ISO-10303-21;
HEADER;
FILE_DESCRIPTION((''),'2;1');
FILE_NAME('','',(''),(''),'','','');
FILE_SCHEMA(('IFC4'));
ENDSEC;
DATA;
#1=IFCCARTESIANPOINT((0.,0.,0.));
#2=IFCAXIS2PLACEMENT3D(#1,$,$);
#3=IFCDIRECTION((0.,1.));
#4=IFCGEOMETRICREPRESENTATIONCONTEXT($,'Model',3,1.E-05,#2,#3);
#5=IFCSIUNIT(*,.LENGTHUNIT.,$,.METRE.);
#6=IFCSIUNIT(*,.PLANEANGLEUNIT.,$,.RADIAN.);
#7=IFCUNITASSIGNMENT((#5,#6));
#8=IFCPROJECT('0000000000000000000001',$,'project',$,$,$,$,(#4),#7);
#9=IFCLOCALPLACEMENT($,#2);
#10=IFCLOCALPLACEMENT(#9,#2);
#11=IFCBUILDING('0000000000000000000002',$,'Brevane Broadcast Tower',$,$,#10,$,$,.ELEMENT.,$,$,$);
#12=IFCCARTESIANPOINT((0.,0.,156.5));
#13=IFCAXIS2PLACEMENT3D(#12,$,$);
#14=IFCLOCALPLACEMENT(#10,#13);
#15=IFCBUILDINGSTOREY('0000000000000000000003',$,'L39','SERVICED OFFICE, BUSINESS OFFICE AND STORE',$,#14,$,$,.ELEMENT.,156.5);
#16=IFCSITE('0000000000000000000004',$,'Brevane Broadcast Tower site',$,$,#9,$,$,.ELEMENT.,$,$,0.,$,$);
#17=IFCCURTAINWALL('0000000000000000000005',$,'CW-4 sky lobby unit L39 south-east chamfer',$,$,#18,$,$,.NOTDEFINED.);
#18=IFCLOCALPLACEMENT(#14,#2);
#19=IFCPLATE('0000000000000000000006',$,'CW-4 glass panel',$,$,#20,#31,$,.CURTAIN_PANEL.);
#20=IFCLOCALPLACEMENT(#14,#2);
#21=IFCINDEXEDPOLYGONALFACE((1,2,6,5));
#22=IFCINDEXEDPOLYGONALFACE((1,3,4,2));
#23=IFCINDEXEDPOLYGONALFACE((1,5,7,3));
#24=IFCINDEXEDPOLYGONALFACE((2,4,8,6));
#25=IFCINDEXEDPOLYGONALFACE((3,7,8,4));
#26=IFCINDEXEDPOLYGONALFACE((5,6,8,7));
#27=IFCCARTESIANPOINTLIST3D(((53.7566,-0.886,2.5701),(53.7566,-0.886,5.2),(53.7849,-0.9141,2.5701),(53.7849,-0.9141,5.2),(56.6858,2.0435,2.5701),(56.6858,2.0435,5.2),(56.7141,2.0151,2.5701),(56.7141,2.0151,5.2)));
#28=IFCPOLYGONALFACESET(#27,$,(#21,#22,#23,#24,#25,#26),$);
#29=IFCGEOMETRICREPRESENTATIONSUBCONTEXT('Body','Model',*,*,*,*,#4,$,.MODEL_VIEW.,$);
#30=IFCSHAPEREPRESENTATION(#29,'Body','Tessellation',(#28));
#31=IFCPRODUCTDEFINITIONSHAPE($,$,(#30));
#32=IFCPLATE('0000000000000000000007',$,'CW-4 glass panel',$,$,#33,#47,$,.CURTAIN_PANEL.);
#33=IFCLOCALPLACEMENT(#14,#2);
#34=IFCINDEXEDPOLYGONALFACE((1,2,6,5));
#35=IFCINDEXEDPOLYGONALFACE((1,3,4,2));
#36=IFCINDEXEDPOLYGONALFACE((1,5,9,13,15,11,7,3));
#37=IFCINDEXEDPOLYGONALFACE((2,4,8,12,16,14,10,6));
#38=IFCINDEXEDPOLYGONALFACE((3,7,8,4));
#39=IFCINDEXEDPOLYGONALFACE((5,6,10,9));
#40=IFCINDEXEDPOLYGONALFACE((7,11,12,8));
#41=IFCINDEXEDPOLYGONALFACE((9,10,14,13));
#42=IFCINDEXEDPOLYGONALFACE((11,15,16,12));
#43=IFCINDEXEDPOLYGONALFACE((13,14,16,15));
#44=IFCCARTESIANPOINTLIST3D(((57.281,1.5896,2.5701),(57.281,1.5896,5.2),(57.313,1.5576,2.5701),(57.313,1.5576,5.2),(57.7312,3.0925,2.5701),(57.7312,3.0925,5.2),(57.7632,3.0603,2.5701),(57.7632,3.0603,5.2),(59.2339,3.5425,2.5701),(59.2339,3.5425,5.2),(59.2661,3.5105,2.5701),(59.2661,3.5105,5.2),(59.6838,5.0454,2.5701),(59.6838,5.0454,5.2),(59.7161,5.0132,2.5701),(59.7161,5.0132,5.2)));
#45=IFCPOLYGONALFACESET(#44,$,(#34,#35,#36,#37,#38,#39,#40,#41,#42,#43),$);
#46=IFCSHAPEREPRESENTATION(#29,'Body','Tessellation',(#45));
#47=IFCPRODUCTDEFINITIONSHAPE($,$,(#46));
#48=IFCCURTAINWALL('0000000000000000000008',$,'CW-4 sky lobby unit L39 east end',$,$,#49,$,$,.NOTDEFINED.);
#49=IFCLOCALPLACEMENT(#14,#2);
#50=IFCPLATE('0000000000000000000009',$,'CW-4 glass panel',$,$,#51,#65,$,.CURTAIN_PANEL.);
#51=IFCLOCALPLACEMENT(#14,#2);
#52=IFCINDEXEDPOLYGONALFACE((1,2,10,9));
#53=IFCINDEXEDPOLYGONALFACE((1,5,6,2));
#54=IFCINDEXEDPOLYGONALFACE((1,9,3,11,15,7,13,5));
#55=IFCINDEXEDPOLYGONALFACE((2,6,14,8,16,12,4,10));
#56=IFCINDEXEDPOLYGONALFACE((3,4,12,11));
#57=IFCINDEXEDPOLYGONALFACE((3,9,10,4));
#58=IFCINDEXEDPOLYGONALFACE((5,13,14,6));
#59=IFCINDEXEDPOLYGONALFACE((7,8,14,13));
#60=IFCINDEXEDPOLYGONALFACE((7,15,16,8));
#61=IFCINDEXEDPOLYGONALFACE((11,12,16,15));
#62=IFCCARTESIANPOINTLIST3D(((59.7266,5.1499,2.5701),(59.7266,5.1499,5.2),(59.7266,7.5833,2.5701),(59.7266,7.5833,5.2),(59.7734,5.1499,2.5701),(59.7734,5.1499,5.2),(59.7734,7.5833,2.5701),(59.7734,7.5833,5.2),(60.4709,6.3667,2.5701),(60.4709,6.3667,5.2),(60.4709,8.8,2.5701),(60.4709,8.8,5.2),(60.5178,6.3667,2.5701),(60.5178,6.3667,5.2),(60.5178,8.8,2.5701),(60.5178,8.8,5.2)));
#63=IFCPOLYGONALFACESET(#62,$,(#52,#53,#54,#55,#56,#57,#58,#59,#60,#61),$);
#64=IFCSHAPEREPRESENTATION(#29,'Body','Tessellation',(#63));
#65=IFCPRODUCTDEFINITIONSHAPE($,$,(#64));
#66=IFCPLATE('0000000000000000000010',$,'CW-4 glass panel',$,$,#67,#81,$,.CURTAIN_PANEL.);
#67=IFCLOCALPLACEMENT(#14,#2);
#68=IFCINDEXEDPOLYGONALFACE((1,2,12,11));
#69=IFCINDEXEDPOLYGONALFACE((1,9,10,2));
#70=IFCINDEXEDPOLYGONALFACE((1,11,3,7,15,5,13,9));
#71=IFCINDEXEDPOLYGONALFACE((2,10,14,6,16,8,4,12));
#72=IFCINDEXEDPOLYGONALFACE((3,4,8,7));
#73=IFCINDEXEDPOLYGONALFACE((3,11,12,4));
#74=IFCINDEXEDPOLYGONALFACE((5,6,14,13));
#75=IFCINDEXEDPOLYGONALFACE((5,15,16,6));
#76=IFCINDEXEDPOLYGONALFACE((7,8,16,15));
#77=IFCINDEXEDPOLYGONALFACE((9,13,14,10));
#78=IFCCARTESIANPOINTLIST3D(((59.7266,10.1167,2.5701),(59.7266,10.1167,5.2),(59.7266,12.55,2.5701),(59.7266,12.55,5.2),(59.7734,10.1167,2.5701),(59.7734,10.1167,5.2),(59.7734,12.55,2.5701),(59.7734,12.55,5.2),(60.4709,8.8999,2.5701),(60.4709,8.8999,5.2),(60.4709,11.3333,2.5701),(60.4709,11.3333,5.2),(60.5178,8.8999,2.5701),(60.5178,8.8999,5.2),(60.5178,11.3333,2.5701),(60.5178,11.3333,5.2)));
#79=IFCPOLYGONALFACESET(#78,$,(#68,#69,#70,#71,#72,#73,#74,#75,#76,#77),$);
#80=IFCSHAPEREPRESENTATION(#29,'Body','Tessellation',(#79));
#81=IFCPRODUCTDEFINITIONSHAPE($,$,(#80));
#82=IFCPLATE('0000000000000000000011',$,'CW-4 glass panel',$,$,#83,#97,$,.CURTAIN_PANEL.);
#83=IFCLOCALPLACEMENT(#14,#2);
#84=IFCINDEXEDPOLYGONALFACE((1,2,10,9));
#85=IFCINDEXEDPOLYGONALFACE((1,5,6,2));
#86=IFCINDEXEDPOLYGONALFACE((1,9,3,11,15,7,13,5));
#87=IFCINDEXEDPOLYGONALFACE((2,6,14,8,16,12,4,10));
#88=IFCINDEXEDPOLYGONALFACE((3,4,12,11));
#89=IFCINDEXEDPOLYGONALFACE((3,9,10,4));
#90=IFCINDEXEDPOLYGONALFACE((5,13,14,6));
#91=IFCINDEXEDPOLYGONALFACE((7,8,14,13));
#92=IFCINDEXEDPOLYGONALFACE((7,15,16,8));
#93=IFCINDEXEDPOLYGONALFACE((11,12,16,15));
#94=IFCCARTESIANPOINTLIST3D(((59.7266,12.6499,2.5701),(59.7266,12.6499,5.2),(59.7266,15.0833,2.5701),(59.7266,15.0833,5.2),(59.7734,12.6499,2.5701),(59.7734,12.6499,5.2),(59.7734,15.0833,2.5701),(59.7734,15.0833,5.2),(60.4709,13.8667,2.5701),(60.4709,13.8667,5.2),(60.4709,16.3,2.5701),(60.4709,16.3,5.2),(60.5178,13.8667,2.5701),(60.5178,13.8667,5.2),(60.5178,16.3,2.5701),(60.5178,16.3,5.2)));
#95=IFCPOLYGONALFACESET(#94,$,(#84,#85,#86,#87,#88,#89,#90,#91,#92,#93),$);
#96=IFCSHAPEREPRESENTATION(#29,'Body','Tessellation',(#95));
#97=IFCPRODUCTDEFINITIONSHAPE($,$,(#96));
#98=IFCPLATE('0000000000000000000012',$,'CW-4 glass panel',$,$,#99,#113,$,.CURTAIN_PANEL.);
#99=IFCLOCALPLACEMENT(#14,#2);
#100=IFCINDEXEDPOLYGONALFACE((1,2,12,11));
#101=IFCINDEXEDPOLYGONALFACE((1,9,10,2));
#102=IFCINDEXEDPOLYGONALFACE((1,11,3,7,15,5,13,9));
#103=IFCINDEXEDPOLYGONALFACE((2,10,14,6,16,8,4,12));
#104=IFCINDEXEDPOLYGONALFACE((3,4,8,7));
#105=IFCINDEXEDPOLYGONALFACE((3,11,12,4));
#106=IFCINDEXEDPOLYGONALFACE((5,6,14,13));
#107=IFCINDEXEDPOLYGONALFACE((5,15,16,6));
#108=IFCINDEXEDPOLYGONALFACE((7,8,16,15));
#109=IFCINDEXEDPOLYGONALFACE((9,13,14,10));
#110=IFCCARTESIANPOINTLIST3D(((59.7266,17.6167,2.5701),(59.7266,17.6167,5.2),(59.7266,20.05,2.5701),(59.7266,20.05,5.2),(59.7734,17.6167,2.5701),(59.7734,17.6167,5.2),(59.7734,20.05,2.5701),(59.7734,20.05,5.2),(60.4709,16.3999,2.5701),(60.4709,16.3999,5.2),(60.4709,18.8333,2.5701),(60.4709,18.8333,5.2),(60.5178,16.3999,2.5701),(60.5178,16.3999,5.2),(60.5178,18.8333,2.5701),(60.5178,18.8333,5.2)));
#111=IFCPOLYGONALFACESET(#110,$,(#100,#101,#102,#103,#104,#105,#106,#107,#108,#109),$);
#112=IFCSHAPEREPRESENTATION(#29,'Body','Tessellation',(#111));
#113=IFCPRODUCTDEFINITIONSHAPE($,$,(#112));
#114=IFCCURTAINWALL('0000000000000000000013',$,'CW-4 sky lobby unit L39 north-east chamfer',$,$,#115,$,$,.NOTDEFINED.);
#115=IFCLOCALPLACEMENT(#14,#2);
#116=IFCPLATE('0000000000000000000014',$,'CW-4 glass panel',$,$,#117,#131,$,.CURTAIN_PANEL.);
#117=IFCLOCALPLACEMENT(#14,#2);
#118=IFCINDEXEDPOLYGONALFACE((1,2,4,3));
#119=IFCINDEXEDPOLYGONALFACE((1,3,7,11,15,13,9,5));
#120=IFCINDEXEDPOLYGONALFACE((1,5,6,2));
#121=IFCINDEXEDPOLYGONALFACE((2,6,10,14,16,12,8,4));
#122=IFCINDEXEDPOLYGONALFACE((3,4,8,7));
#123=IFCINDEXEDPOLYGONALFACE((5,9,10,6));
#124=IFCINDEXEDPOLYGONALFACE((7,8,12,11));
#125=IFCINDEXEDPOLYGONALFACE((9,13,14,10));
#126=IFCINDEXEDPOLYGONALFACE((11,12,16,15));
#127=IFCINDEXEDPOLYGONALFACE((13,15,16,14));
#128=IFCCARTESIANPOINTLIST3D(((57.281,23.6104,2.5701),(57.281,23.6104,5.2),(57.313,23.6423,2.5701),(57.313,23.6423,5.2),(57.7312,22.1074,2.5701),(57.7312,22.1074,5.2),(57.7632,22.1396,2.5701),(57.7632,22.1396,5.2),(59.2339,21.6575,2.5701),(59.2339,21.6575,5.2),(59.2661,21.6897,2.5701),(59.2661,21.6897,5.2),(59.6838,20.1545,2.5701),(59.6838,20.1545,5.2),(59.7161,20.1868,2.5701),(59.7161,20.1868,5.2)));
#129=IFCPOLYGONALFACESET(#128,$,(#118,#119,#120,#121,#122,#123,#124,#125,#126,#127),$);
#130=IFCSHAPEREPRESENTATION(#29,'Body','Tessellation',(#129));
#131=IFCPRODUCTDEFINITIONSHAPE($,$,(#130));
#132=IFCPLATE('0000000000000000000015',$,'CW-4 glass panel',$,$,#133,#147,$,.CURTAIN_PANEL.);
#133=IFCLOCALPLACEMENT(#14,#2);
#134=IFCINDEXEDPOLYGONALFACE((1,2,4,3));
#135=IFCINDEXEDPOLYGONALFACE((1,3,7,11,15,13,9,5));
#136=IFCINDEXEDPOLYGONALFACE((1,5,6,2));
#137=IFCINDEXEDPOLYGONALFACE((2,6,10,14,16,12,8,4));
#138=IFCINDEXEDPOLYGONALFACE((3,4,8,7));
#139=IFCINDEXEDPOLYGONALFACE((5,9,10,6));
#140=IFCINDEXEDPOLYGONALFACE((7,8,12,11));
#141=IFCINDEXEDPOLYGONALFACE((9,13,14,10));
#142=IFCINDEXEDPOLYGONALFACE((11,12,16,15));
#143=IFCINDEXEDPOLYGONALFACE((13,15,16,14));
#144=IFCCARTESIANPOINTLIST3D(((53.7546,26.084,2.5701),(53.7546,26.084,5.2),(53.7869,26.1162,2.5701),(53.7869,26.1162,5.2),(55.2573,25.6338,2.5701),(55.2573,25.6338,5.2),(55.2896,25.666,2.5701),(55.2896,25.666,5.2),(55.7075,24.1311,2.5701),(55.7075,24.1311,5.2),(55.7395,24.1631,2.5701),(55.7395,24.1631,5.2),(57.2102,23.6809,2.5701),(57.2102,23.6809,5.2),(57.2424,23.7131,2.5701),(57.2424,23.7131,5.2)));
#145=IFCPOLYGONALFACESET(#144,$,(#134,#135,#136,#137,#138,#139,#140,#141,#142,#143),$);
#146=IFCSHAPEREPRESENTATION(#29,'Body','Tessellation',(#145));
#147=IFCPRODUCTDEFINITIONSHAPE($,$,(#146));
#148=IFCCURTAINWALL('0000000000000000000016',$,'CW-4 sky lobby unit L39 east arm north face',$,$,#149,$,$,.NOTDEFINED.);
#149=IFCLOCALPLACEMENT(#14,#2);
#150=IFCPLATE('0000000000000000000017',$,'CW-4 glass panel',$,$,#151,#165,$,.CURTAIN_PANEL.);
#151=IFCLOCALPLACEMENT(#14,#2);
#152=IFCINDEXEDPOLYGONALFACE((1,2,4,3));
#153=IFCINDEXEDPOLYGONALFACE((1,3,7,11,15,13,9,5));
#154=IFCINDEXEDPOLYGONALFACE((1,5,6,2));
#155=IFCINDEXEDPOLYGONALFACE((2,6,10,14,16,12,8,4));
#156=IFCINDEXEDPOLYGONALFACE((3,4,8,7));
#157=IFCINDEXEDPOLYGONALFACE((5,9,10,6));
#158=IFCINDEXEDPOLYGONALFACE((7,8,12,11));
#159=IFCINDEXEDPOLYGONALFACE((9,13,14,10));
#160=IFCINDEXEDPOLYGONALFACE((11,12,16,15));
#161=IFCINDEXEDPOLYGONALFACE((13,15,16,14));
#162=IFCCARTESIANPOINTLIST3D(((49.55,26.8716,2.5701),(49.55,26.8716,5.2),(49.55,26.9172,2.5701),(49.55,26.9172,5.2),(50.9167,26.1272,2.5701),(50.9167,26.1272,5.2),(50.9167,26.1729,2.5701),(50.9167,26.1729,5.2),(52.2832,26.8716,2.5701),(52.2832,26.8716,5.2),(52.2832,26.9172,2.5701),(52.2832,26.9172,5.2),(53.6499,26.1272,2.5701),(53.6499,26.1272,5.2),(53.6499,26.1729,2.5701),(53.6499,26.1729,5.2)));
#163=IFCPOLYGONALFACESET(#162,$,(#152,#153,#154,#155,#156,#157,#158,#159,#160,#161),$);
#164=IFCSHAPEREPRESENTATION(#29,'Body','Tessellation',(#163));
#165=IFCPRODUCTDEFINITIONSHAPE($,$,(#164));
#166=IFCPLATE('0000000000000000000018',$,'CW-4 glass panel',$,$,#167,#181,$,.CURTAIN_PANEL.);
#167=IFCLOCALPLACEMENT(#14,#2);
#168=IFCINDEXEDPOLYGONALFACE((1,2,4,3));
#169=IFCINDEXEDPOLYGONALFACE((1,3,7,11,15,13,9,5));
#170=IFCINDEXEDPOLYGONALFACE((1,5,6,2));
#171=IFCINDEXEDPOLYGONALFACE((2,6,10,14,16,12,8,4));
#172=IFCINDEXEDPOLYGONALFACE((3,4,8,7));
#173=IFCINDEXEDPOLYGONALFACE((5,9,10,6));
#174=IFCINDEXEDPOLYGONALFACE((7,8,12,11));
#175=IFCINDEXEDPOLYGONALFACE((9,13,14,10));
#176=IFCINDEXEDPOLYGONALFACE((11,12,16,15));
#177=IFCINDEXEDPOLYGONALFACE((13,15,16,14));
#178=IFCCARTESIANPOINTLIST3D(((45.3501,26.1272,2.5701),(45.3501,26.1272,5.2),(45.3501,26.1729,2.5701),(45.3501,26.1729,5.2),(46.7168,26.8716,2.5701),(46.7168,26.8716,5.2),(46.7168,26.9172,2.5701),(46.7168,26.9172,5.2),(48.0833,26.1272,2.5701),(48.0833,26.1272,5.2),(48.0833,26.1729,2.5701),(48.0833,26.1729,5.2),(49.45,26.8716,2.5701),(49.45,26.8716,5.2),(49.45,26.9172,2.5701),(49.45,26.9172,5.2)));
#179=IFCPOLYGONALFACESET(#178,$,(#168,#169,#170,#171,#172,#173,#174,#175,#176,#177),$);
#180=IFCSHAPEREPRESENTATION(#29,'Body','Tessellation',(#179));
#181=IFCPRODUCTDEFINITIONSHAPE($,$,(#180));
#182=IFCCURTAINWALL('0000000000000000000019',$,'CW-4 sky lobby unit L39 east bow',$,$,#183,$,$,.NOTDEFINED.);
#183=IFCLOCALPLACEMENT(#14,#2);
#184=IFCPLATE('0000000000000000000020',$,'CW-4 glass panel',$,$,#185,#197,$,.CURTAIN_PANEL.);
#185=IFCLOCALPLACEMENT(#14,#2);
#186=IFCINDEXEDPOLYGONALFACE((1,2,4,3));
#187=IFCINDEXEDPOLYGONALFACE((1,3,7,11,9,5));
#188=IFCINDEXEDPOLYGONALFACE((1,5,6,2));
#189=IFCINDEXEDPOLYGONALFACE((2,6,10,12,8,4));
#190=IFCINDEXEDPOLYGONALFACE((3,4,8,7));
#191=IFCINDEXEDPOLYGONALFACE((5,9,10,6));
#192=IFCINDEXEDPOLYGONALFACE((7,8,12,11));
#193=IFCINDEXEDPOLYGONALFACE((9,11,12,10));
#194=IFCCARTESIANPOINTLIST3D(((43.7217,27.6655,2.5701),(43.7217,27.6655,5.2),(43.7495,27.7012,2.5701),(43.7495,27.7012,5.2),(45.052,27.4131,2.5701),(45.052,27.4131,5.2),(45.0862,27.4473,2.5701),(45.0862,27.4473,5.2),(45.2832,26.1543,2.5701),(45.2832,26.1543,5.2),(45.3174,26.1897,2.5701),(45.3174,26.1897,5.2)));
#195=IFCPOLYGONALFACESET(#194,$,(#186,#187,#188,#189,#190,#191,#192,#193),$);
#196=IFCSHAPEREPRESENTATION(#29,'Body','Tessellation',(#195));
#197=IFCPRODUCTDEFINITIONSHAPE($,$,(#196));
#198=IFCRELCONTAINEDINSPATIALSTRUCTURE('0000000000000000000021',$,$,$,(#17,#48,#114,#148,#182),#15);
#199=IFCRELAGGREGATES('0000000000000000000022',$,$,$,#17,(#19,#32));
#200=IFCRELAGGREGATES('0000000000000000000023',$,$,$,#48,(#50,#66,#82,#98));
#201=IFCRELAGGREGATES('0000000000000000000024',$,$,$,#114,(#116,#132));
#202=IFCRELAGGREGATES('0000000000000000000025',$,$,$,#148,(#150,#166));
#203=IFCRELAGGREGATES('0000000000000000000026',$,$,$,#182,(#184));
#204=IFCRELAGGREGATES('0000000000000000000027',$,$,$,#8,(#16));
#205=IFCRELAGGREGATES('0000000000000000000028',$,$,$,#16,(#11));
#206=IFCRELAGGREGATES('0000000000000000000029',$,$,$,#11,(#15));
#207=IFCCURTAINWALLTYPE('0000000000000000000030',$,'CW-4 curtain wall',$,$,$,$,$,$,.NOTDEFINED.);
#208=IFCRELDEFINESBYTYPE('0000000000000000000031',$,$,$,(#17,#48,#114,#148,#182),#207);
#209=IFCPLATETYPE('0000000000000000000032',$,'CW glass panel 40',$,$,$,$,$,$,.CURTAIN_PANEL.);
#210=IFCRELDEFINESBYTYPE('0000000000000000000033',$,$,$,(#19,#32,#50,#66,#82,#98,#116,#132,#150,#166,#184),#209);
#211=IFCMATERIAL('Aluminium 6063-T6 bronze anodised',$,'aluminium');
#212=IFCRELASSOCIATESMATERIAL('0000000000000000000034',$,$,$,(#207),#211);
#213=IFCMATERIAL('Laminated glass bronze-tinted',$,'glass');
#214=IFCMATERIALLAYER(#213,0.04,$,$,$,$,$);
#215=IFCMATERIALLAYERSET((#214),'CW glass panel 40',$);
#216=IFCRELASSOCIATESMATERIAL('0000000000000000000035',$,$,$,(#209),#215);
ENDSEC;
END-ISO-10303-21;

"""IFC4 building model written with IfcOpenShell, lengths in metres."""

from ifc_helpers import new_model, si_unit, direction, frame, origin, place, context, subcontext, project, spatial, polyline, outline, extrude, material, layer, layer_set, type_object, element, aggregate, save


model = new_model("IFC4")

# Units and contexts
model_context = context("Model", 3, precision=1e-05, world=origin(), true_north=direction((0.0, 1.0)))
body_context = subcontext(model_context, "Body", "Model", "MODEL_VIEW")
ifc_project = project(units=[si_unit("LENGTHUNIT", "METRE"), si_unit("PLANEANGLEUNIT", "RADIAN")], contexts=[model_context])

# Site, building, storey
site_placement = place(None, origin())
site = spatial("IfcSite", under=ifc_project, at=site_placement, Name="Brevane Broadcast Tower site", CompositionType="ELEMENT", RefElevation=0.0)
building_placement = place(site_placement, origin())
building = spatial("IfcBuilding", under=site, at=building_placement, Name="Brevane Broadcast Tower", CompositionType="ELEMENT")
storey_placement = place(building_placement, frame((0.0, 0.0, 156.5)))
storey = spatial("IfcBuildingStorey", under=building, at=storey_placement, Name="L39", Description="SERVICED OFFICE, BUSINESS OFFICE AND STORE", CompositionType="ELEMENT", Elevation=156.5)

# Curtain walls, plates
ifc_material_1 = material(Name="Aluminium 6063-T6 bronze anodised", Category="aluminium")
curtain_wall_type = type_object("IfcCurtainWallType", Name="CW-4 curtain wall", PredefinedType="NOTDEFINED", material=ifc_material_1)
ifc_material_2 = material(Name="Laminated glass bronze-tinted", Category="glass")
ifc_layer = layer(ifc_material_2, 0.04)
ifc_layer_set = layer_set([ifc_layer], Name="CW glass panel 40")
plate_type = type_object("IfcPlateType", Name="CW glass panel 40", PredefinedType="CURTAIN_PANEL", material=ifc_layer_set)
curtain_wall_1_placement = place(storey_placement, origin())
curtain_wall_1 = element("IfcCurtainWall", 1, at=curtain_wall_1_placement, inside=storey, type_object=curtain_wall_type, Name="CW-4 sky lobby unit L39 south-east chamfer", PredefinedType="NOTDEFINED")
plate_1_placement = place(storey_placement, frame((0.0, 0.0, 2.5701)))
plate_1 = element("IfcPlate", 2, at=plate_1_placement, type_object=plate_type, Name="CW-4 glass panel", PredefinedType="CURTAIN_PANEL", context=body_context, shape_type="SweptSolid", body=[
    extrude(outline(polyline([(53.7566, -0.886), (56.6858, 2.0435), (56.7141, 2.0151), (53.7849, -0.9141), (53.7566, -0.886)])), origin(), (0.0, 0.0, 1.0), 2.6299),
])
plate_2_placement = place(storey_placement, frame((0.0, 0.0, 2.5701)))
plate_2 = element("IfcPlate", 3, at=plate_2_placement, type_object=plate_type, Name="CW-4 glass panel", PredefinedType="CURTAIN_PANEL", context=body_context, shape_type="SweptSolid", body=[
    extrude(outline(polyline([(57.281, 1.5896), (57.313, 1.5576), (57.7632, 3.0603), (59.2661, 3.5105), (59.7161, 5.0132), (59.6838, 5.0454), (59.2339, 3.5425), (57.7312, 3.0925), (57.281, 1.5896)])), origin(), (0.0, 0.0, 1.0), 2.6299),
])
aggregate(curtain_wall_1, [plate_1, plate_2])
curtain_wall_2_placement = place(storey_placement, origin())
curtain_wall_2 = element("IfcCurtainWall", 4, at=curtain_wall_2_placement, inside=storey, type_object=curtain_wall_type, Name="CW-4 sky lobby unit L39 east end", PredefinedType="NOTDEFINED")
plate_3_placement = place(storey_placement, frame((0.0, 0.0, 2.5701)))
plate_3 = element("IfcPlate", 5, at=plate_3_placement, type_object=plate_type, Name="CW-4 glass panel", PredefinedType="CURTAIN_PANEL", context=body_context, shape_type="SweptSolid", body=[
    extrude(outline(polyline([(59.7266, 5.1499), (59.7734, 5.1499), (60.5178, 6.3667), (59.7734, 7.5833), (60.5178, 8.8), (60.4709, 8.8), (59.7266, 7.5833), (60.4709, 6.3667), (59.7266, 5.1499)])), origin(), (0.0, 0.0, 1.0), 2.6299),
])
plate_4_placement = place(storey_placement, frame((0.0, 0.0, 2.5701)))
plate_4 = element("IfcPlate", 6, at=plate_4_placement, type_object=plate_type, Name="CW-4 glass panel", PredefinedType="CURTAIN_PANEL", context=body_context, shape_type="SweptSolid", body=[
    extrude(outline(polyline([(60.4709, 8.8999), (60.5178, 8.8999), (59.7734, 10.1167), (60.5178, 11.3333), (59.7734, 12.55), (59.7266, 12.55), (60.4709, 11.3333), (59.7266, 10.1167), (60.4709, 8.8999)])), origin(), (0.0, 0.0, 1.0), 2.6299),
])
plate_5_placement = place(storey_placement, frame((0.0, 0.0, 2.5701)))
plate_5 = element("IfcPlate", 7, at=plate_5_placement, type_object=plate_type, Name="CW-4 glass panel", PredefinedType="CURTAIN_PANEL", context=body_context, shape_type="SweptSolid", body=[
    extrude(outline(polyline([(59.7266, 12.6499), (59.7734, 12.6499), (60.5178, 13.8667), (59.7734, 15.0833), (60.5178, 16.3), (60.4709, 16.3), (59.7266, 15.0833), (60.4709, 13.8667), (59.7266, 12.6499)])), origin(), (0.0, 0.0, 1.0), 2.6299),
])
plate_6_placement = place(storey_placement, frame((0.0, 0.0, 2.5701)))
plate_6 = element("IfcPlate", 8, at=plate_6_placement, type_object=plate_type, Name="CW-4 glass panel", PredefinedType="CURTAIN_PANEL", context=body_context, shape_type="SweptSolid", body=[
    extrude(outline(polyline([(60.4709, 16.3999), (60.5178, 16.3999), (59.7734, 17.6167), (60.5178, 18.8333), (59.7734, 20.05), (59.7266, 20.05), (60.4709, 18.8333), (59.7266, 17.6167), (60.4709, 16.3999)])), origin(), (0.0, 0.0, 1.0), 2.6299),
])
aggregate(curtain_wall_2, [plate_3, plate_4, plate_5, plate_6])
curtain_wall_3_placement = place(storey_placement, origin())
curtain_wall_3 = element("IfcCurtainWall", 9, at=curtain_wall_3_placement, inside=storey, type_object=curtain_wall_type, Name="CW-4 sky lobby unit L39 north-east chamfer", PredefinedType="NOTDEFINED")
plate_7_placement = place(storey_placement, frame((0.0, 0.0, 2.5701)))
plate_7 = element("IfcPlate", 10, at=plate_7_placement, type_object=plate_type, Name="CW-4 glass panel", PredefinedType="CURTAIN_PANEL", context=body_context, shape_type="SweptSolid", body=[
    extrude(outline(polyline([(59.6838, 20.1545), (59.7161, 20.1868), (59.2661, 21.6897), (57.7632, 22.1396), (57.313, 23.6423), (57.281, 23.6104), (57.7312, 22.1074), (59.2339, 21.6575), (59.6838, 20.1545)])), origin(), (0.0, 0.0, 1.0), 2.6299),
])
plate_8_placement = place(storey_placement, frame((0.0, 0.0, 2.5701)))
plate_8 = element("IfcPlate", 11, at=plate_8_placement, type_object=plate_type, Name="CW-4 glass panel", PredefinedType="CURTAIN_PANEL", context=body_context, shape_type="SweptSolid", body=[
    extrude(outline(polyline([(57.2102, 23.6809), (57.2424, 23.7131), (55.7395, 24.1631), (55.2896, 25.666), (53.7869, 26.1162), (53.7546, 26.084), (55.2573, 25.6338), (55.7075, 24.1311), (57.2102, 23.6809)])), origin(), (0.0, 0.0, 1.0), 2.6299),
])
aggregate(curtain_wall_3, [plate_7, plate_8])
curtain_wall_4_placement = place(storey_placement, origin())
curtain_wall_4 = element("IfcCurtainWall", 12, at=curtain_wall_4_placement, inside=storey, type_object=curtain_wall_type, Name="CW-4 sky lobby unit L39 east arm north face", PredefinedType="NOTDEFINED")
plate_9_placement = place(storey_placement, frame((0.0, 0.0, 2.5701)))
plate_9 = element("IfcPlate", 13, at=plate_9_placement, type_object=plate_type, Name="CW-4 glass panel", PredefinedType="CURTAIN_PANEL", context=body_context, shape_type="SweptSolid", body=[
    extrude(outline(polyline([(53.6499, 26.1272), (53.6499, 26.1729), (52.2832, 26.9172), (50.9167, 26.1729), (49.55, 26.9172), (49.55, 26.8716), (50.9167, 26.1272), (52.2832, 26.8716), (53.6499, 26.1272)])), origin(), (0.0, 0.0, 1.0), 2.6299),
])
plate_10_placement = place(storey_placement, frame((0.0, 0.0, 2.5701)))
plate_10 = element("IfcPlate", 14, at=plate_10_placement, type_object=plate_type, Name="CW-4 glass panel", PredefinedType="CURTAIN_PANEL", context=body_context, shape_type="SweptSolid", body=[
    extrude(outline(polyline([(49.45, 26.8716), (49.45, 26.9172), (48.0833, 26.1729), (46.7168, 26.9172), (45.3501, 26.1729), (45.3501, 26.1272), (46.7168, 26.8716), (48.0833, 26.1272), (49.45, 26.8716)])), origin(), (0.0, 0.0, 1.0), 2.6299),
])
aggregate(curtain_wall_4, [plate_9, plate_10])
curtain_wall_5_placement = place(storey_placement, origin())
curtain_wall_5 = element("IfcCurtainWall", 15, at=curtain_wall_5_placement, inside=storey, type_object=curtain_wall_type, Name="CW-4 sky lobby unit L39 east bow", PredefinedType="NOTDEFINED")
plate_11_placement = place(storey_placement, frame((0.0, 0.0, 2.5701)))
plate_11 = element("IfcPlate", 16, at=plate_11_placement, type_object=plate_type, Name="CW-4 glass panel", PredefinedType="CURTAIN_PANEL", context=body_context, shape_type="SweptSolid", body=[
    extrude(outline(polyline([(45.2832, 26.1543), (45.3174, 26.1897), (45.0862, 27.4473), (43.7495, 27.7012), (43.7217, 27.6655), (45.052, 27.4131), (45.2832, 26.1543)])), origin(), (0.0, 0.0, 1.0), 2.6299),
])
aggregate(curtain_wall_5, [plate_11])

save(model, "model.ifc")
